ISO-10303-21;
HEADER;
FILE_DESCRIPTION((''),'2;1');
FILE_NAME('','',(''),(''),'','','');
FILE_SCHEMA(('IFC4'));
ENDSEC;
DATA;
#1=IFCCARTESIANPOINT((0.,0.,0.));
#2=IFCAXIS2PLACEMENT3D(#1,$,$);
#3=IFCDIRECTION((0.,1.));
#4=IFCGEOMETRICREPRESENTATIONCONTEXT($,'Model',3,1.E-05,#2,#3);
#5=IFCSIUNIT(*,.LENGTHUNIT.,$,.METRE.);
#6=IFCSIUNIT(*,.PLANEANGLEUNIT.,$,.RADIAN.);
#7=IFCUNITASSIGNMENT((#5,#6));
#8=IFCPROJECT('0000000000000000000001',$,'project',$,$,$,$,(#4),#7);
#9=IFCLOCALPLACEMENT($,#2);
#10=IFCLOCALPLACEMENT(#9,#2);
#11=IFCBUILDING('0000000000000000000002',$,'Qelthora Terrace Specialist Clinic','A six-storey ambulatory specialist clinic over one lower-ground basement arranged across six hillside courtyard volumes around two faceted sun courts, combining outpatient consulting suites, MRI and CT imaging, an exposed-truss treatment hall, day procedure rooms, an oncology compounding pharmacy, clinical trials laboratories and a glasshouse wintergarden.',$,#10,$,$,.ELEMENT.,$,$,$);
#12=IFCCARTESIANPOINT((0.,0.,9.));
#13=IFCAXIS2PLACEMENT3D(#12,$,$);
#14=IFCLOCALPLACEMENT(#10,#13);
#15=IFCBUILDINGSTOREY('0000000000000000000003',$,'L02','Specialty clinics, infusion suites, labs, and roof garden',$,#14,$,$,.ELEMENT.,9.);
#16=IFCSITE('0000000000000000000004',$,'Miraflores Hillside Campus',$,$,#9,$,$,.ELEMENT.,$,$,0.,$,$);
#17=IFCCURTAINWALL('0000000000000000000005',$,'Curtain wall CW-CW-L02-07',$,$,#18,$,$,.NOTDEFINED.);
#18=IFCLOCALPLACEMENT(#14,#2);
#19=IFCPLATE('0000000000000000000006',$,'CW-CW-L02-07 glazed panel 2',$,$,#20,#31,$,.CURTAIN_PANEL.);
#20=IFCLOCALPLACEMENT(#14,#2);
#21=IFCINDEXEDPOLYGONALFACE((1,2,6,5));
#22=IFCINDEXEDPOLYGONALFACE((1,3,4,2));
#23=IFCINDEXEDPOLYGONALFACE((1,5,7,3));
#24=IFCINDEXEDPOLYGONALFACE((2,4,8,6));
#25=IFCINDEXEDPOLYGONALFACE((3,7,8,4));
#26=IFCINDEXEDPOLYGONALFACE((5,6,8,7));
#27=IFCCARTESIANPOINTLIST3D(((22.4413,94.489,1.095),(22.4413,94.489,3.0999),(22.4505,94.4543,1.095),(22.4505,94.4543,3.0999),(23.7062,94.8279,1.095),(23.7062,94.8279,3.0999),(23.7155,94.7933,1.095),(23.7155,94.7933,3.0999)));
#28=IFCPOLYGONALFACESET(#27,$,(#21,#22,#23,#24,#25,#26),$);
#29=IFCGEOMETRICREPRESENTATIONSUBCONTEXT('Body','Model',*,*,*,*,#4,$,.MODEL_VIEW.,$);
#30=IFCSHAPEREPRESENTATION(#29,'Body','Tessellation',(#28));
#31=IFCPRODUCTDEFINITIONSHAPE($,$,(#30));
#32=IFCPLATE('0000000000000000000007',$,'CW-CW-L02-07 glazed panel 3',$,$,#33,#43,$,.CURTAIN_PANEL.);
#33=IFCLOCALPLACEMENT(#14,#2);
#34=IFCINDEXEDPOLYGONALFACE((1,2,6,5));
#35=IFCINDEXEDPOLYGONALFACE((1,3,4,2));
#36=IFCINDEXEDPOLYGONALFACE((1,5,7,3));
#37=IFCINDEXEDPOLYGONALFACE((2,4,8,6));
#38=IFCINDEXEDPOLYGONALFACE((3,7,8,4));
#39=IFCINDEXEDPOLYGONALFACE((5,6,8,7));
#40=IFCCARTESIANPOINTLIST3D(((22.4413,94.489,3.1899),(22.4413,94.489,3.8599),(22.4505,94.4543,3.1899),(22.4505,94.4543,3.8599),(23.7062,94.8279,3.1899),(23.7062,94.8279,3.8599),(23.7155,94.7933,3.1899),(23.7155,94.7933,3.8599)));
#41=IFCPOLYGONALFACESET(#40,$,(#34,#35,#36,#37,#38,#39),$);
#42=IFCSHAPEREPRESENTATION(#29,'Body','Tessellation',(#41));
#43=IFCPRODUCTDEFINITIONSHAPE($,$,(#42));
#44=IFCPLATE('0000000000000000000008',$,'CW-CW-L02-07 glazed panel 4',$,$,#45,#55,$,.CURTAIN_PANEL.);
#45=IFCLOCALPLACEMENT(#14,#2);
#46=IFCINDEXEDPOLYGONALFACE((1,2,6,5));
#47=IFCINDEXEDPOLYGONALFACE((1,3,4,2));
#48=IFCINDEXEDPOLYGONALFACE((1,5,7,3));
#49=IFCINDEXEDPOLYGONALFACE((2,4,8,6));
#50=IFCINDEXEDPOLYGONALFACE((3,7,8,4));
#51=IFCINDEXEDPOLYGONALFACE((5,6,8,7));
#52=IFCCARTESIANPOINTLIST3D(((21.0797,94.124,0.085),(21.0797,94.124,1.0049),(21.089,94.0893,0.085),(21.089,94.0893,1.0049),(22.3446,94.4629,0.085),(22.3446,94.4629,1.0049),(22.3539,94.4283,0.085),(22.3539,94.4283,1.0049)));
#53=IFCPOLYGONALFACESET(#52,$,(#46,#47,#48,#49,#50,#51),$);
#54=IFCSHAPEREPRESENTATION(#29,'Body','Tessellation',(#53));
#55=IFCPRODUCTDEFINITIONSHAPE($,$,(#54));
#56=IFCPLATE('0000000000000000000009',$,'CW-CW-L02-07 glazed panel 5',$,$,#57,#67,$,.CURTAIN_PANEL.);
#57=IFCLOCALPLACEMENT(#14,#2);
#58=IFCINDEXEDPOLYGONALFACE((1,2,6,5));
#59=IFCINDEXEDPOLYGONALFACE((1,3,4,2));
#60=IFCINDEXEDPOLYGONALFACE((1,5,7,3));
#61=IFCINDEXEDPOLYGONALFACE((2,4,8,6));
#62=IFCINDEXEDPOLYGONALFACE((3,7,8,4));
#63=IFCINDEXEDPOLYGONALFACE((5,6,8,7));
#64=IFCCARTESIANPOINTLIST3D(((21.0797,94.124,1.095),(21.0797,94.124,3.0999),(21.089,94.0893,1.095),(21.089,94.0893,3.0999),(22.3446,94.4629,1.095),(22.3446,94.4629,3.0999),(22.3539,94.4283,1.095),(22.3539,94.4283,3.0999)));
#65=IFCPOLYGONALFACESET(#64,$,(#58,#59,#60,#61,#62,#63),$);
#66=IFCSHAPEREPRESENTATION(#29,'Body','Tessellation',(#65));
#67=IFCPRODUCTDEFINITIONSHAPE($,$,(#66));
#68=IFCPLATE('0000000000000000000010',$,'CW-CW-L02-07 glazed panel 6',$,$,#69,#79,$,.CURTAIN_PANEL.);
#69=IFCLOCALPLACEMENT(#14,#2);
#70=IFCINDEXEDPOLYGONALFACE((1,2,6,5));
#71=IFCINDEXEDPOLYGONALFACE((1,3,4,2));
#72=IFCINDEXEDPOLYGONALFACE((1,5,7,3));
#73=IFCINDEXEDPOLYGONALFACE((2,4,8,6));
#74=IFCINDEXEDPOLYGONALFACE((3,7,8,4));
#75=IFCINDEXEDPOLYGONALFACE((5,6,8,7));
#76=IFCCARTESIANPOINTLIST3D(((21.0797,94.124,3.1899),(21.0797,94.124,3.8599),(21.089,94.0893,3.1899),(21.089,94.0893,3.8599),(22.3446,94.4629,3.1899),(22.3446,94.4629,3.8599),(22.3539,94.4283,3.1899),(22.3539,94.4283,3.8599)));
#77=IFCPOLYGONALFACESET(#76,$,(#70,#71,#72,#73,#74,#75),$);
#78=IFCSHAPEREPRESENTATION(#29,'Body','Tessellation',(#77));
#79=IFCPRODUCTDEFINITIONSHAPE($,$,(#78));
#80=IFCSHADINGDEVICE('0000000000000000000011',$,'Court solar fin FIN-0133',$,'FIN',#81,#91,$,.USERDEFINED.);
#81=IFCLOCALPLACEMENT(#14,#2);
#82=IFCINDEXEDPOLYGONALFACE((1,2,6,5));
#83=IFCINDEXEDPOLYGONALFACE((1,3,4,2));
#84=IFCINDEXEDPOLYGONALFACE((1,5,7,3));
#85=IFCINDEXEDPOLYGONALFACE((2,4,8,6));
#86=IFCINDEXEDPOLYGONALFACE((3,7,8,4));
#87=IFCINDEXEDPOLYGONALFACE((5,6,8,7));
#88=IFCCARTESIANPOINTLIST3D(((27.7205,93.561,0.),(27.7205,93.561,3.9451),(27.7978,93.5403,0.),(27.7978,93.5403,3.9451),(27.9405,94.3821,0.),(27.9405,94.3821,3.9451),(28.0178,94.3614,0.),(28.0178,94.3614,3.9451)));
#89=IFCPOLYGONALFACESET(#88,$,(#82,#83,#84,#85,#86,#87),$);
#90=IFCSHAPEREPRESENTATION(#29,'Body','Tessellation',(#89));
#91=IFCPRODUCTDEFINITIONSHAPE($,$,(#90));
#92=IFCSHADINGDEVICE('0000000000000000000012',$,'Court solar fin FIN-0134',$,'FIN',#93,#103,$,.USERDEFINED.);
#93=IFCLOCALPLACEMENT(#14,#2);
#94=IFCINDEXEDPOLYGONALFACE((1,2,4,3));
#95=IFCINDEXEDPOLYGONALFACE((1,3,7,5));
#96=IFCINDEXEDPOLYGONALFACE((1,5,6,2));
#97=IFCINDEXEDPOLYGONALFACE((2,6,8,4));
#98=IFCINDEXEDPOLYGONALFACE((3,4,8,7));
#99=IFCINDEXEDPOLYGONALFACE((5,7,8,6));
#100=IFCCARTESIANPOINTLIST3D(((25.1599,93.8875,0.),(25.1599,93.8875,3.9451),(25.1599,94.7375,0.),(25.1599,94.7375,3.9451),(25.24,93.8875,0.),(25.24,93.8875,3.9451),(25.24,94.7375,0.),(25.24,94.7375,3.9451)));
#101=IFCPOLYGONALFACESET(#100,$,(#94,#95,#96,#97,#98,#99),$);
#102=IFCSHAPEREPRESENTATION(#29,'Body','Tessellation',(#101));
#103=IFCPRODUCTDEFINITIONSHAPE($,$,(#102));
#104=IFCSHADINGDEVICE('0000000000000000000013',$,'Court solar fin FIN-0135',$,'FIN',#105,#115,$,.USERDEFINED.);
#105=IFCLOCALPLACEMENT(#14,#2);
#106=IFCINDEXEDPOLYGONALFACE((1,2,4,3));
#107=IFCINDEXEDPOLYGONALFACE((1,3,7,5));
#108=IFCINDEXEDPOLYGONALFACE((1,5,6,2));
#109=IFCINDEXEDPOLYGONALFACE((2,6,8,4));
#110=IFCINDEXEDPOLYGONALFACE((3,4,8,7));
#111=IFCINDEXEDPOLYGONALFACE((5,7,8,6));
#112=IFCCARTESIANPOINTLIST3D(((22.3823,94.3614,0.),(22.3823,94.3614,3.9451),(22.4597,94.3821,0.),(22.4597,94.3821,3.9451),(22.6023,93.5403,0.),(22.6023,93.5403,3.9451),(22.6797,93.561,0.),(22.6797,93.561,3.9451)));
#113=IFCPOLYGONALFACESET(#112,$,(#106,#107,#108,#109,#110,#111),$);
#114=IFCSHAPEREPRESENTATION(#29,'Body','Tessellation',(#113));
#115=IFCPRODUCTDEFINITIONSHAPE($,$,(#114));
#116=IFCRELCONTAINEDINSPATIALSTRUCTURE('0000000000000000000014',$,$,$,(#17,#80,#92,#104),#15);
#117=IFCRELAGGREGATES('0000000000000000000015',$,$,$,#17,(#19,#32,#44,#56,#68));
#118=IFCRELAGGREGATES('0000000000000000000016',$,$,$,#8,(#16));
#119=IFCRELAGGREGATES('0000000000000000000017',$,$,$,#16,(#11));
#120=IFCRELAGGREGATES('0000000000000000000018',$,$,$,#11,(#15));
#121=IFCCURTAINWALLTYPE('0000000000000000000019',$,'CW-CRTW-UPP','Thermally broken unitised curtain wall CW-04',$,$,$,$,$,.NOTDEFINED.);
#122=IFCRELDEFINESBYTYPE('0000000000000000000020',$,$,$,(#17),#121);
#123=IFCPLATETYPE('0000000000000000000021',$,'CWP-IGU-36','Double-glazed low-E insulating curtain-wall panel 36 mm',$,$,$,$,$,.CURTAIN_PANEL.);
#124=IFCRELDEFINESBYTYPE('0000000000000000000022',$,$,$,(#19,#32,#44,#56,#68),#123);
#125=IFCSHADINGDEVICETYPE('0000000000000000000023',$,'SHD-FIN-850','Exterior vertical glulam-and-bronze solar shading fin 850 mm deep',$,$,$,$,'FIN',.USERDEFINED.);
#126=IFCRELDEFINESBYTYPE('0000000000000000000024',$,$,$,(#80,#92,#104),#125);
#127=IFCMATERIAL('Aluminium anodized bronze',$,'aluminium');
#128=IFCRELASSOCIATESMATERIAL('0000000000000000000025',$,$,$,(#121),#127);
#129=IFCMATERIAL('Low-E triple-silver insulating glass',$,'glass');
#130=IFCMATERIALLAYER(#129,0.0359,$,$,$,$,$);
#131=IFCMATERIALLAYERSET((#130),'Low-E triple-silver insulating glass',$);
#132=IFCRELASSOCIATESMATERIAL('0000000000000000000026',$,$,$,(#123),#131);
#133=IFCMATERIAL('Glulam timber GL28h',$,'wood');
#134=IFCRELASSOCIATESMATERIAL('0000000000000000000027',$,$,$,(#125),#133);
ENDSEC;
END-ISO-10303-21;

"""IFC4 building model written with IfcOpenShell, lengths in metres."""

from ifc_helpers import new_model, si_unit, direction, frame, origin, origin_2d, place, context, subcontext, project, spatial, rectangle, extrude, material, layer, layer_set, type_object, element, aggregate, save


model = new_model("IFC4")

# Units and contexts
model_context = context("Model", 3, precision=1e-05, world=origin(), true_north=direction((0.0, 1.0)))
body_context = subcontext(model_context, "Body", "Model", "MODEL_VIEW")
ifc_project = project(units=[si_unit("LENGTHUNIT", "METRE"), si_unit("PLANEANGLEUNIT", "RADIAN")], contexts=[model_context])

# Site, building, storey
site_placement = place(None, origin())
site = spatial("IfcSite", under=ifc_project, at=site_placement, Name="Miraflores Hillside Campus", CompositionType="ELEMENT", RefElevation=0.0)
building_placement = place(site_placement, origin())
building = spatial("IfcBuilding", under=site, at=building_placement, Name="Qelthora Terrace Specialist Clinic", Description="A six-storey ambulatory specialist clinic over one lower-ground basement arranged across six hillside courtyard volumes around two faceted sun courts, combining outpatient consulting suites, MRI and CT imaging, an exposed-truss treatment hall, day procedure rooms, an oncology compounding pharmacy, clinical trials laboratories and a glasshouse wintergarden.", CompositionType="ELEMENT")
storey_placement = place(building_placement, frame((0.0, 0.0, 9.0)))
storey = spatial("IfcBuildingStorey", under=building, at=storey_placement, Name="L02", Description="Specialty clinics, infusion suites, labs, and roof garden", CompositionType="ELEMENT", Elevation=9.0)

# Shared definitions
ifc_material_1 = material(Name="Aluminium anodized bronze", Category="aluminium")
curtain_wall_type = type_object("IfcCurtainWallType", Name="CW-CRTW-UPP", Description="Thermally broken unitised curtain wall CW-04", PredefinedType="NOTDEFINED", material=ifc_material_1)

# Curtain wall
curtain_wall_1_placement = place(storey_placement, origin())
curtain_wall_1 = element("IfcCurtainWall", 1, at=curtain_wall_1_placement, inside=storey, type_object=curtain_wall_type, Name="Curtain wall CW-CW-L02-07", PredefinedType="NOTDEFINED")

# Plates
ifc_material_2 = material(Name="Low-E triple-silver insulating glass", Category="glass")
ifc_layer = layer(ifc_material_2, 0.0359)
ifc_layer_set = layer_set([ifc_layer], Name="Low-E triple-silver insulating glass")
plate_type = type_object("IfcPlateType", Name="CWP-IGU-36", Description="Double-glazed low-E insulating curtain-wall panel 36 mm", PredefinedType="CURTAIN_PANEL", material=ifc_layer_set)
plate_1_placement = place(storey_placement, frame((23.0784, 94.6411, 1.095), z_axis=(0.0, 0.0, 1.0), x_axis=(-0.965925, -0.258821, 0.0)))
plate_1 = element("IfcPlate", 2, at=plate_1_placement, type_object=plate_type, Name="CW-CW-L02-07 glazed panel 2", PredefinedType="CURTAIN_PANEL", context=body_context, shape_type="SweptSolid", body=[
    extrude(rectangle(XDim=1.3096, YDim=0.0359, at=origin_2d()), origin(), (0.0, 0.0, 1.0), 2.0049),
])
plate_2_placement = place(storey_placement, frame((23.0784, 94.6411, 3.1899), z_axis=(0.0, 0.0, 1.0), x_axis=(-0.965925, -0.258821, 0.0)))
plate_2 = element("IfcPlate", 3, at=plate_2_placement, type_object=plate_type, Name="CW-CW-L02-07 glazed panel 3", PredefinedType="CURTAIN_PANEL", context=body_context, shape_type="SweptSolid", body=[
    extrude(rectangle(XDim=1.3096, YDim=0.0359, at=origin_2d()), origin(), (0.0, 0.0, 1.0), 0.6699),
])
plate_3_placement = place(storey_placement, frame((21.7168, 94.2761, 0.085), z_axis=(0.0, 0.0, 1.0), x_axis=(-0.965925, -0.258821, 0.0)))
plate_3 = element("IfcPlate", 4, at=plate_3_placement, type_object=plate_type, Name="CW-CW-L02-07 glazed panel 4", PredefinedType="CURTAIN_PANEL", context=body_context, shape_type="SweptSolid", body=[
    extrude(rectangle(XDim=1.3096, YDim=0.0359, at=origin_2d()), origin(), (0.0, 0.0, 1.0), 0.9199),
])
plate_4_placement = place(storey_placement, frame((21.7168, 94.2761, 1.095), z_axis=(0.0, 0.0, 1.0), x_axis=(-0.965925, -0.258821, 0.0)))
plate_4 = element("IfcPlate", 5, at=plate_4_placement, type_object=plate_type, Name="CW-CW-L02-07 glazed panel 5", PredefinedType="CURTAIN_PANEL", context=body_context, shape_type="SweptSolid", body=[
    extrude(rectangle(XDim=1.3096, YDim=0.0359, at=origin_2d()), origin(), (0.0, 0.0, 1.0), 2.0049),
])
plate_5_placement = place(storey_placement, frame((21.7168, 94.2761, 3.1899), z_axis=(0.0, 0.0, 1.0), x_axis=(-0.965925, -0.258821, 0.0)))
plate_5 = element("IfcPlate", 6, at=plate_5_placement, type_object=plate_type, Name="CW-CW-L02-07 glazed panel 6", PredefinedType="CURTAIN_PANEL", context=body_context, shape_type="SweptSolid", body=[
    extrude(rectangle(XDim=1.3096, YDim=0.0359, at=origin_2d()), origin(), (0.0, 0.0, 1.0), 0.6699),
])
aggregate(curtain_wall_1, [plate_1, plate_2, plate_3, plate_4, plate_5])

# Shading devices
ifc_material_3 = material(Name="Glulam timber GL28h", Category="wood")
shading_device_type = type_object("IfcShadingDeviceType", Name="SHD-FIN-850", Description="Exterior vertical glulam-and-bronze solar shading fin 850 mm deep", ElementType="FIN", PredefinedType="USERDEFINED", material=ifc_material_3)
for number, where, z_axis, x_axis, name in (
    (7, (27.8691, 93.9612, 0.0), (0.0, 0.0, 1.0), (-0.258819, -0.965926, 0.0), "Court solar fin FIN-0133"),
    (8, (25.2, 94.3125, 0.0), (0.0, 0.0, 1.0), (0.0, -1.0, 0.0), "Court solar fin FIN-0134"),
    (9, (22.531, 93.9612, 0.0), (0.0, 0.0, 1.0), (0.258819, -0.965926, 0.0), "Court solar fin FIN-0135"),
):
    element("IfcShadingDevice", number, at=place(storey_placement, frame(where, z_axis=z_axis, x_axis=x_axis)), inside=storey, type_object=shading_device_type, Name=name, ObjectType="FIN", PredefinedType="USERDEFINED", context=body_context, shape_type="SweptSolid", body=[
        extrude(rectangle(XDim=0.8501, YDim=0.0801, at=origin_2d()), origin(), (0.0, 0.0, 1.0), 3.9451),
    ])

save(model, "model.ifc")
